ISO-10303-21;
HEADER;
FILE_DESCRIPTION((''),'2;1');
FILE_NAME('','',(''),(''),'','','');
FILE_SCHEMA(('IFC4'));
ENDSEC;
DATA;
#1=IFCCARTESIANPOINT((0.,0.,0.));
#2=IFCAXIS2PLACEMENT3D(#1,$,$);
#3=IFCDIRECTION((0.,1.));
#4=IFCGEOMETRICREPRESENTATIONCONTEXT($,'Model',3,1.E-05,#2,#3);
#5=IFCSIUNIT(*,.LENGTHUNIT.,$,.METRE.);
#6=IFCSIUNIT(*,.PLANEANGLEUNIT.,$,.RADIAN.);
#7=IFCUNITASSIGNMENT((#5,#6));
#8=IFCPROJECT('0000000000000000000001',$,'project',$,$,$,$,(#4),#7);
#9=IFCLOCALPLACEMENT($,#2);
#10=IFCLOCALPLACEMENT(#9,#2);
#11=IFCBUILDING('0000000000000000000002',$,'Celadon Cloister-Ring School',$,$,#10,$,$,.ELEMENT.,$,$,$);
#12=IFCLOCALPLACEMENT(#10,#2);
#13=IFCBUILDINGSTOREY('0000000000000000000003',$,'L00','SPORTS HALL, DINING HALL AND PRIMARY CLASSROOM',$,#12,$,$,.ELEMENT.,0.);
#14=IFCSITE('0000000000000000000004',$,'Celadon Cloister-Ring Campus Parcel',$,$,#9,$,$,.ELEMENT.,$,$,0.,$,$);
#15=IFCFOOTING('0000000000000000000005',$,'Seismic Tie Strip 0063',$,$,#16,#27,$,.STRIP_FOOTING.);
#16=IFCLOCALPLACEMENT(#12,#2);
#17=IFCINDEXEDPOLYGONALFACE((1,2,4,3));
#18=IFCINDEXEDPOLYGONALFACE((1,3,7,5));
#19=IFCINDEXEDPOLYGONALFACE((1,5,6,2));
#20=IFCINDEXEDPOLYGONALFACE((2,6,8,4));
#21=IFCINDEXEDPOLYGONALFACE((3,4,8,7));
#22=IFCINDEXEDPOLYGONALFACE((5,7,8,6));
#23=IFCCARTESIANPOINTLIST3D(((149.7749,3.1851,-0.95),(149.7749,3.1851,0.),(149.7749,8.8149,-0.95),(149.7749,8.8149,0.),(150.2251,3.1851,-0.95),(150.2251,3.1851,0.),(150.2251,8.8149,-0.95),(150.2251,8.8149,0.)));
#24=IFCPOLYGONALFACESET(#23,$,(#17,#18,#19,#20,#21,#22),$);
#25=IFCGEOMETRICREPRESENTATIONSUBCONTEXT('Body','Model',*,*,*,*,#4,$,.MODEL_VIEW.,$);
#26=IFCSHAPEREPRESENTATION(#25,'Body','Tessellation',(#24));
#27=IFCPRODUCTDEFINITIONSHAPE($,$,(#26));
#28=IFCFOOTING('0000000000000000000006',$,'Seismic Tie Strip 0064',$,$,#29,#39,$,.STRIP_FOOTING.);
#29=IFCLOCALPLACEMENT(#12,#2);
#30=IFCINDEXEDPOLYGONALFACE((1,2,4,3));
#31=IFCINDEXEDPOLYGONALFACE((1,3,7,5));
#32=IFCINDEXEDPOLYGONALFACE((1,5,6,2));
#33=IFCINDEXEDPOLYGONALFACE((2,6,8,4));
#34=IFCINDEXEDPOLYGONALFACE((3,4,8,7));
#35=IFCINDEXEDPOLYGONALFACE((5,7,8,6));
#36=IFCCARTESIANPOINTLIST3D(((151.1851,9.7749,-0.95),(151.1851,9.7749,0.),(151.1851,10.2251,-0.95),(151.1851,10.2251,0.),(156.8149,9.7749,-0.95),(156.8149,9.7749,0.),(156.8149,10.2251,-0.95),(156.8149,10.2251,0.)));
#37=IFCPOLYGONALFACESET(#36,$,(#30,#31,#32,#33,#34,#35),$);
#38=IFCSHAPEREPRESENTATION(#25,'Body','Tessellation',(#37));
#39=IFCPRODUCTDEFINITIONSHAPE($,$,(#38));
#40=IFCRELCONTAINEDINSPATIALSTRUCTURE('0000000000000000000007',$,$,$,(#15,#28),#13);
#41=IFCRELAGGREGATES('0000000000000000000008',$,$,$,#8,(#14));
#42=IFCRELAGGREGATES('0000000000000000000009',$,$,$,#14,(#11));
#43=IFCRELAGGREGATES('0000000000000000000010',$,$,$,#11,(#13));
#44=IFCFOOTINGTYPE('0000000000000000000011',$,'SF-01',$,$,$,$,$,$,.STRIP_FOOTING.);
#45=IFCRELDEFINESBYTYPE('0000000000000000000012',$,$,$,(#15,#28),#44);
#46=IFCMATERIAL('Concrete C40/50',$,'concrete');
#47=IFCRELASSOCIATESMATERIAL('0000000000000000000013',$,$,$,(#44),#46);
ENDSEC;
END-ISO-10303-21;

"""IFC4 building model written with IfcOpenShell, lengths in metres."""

from ifc_helpers import new_model, si_unit, direction, frame, origin, place, context, subcontext, project, spatial, polyline, outline, extrude, material, type_object, element, save


model = new_model("IFC4")

# Units and contexts
model_context = context("Model", 3, precision=1e-05, world=origin(), true_north=direction((0.0, 1.0)))
body_context = subcontext(model_context, "Body", "Model", "MODEL_VIEW")
ifc_project = project(units=[si_unit("LENGTHUNIT", "METRE"), si_unit("PLANEANGLEUNIT", "RADIAN")], contexts=[model_context])

# Site, building, storey
site_placement = place(None, origin())
site = spatial("IfcSite", under=ifc_project, at=site_placement, Name="Celadon Cloister-Ring Campus Parcel", CompositionType="ELEMENT", RefElevation=0.0)
building_placement = place(site_placement, origin())
building = spatial("IfcBuilding", under=site, at=building_placement, Name="Celadon Cloister-Ring School", CompositionType="ELEMENT")
storey_placement = place(building_placement, origin())
storey = spatial("IfcBuildingStorey", under=building, at=storey_placement, Name="L00", Description="SPORTS HALL, DINING HALL AND PRIMARY CLASSROOM", CompositionType="ELEMENT", Elevation=0.0)

# Footings
ifc_material = material(Name="Concrete C40/50", Category="concrete")
footing_type = type_object("IfcFootingType", Name="SF-01", PredefinedType="STRIP_FOOTING", material=ifc_material)
footing_1_placement = place(storey_placement, frame((0.0, 0.0, -0.95)))
element("IfcFooting", 1, at=footing_1_placement, inside=storey, type_object=footing_type, Name="Seismic Tie Strip 0063", PredefinedType="STRIP_FOOTING", context=body_context, shape_type="SweptSolid", body=[
    extrude(outline(polyline([(149.7749, 8.8149), (149.7749, 3.1851), (150.2251, 3.1851), (150.2251, 8.8149), (149.7749, 8.8149)])), origin(), (0.0, 0.0, 1.0), 0.95),
])
footing_2_placement = place(storey_placement, frame((0.0, 0.0, -0.95)))
element("IfcFooting", 2, at=footing_2_placement, inside=storey, type_object=footing_type, Name="Seismic Tie Strip 0064", PredefinedType="STRIP_FOOTING", context=body_context, shape_type="SweptSolid", body=[
    extrude(outline(polyline([(151.1851, 9.7749), (156.8149, 9.7749), (156.8149, 10.2251), (151.1851, 10.2251), (151.1851, 9.7749)])), origin(), (0.0, 0.0, 1.0), 0.95),
])

save(model, "model.ifc")
